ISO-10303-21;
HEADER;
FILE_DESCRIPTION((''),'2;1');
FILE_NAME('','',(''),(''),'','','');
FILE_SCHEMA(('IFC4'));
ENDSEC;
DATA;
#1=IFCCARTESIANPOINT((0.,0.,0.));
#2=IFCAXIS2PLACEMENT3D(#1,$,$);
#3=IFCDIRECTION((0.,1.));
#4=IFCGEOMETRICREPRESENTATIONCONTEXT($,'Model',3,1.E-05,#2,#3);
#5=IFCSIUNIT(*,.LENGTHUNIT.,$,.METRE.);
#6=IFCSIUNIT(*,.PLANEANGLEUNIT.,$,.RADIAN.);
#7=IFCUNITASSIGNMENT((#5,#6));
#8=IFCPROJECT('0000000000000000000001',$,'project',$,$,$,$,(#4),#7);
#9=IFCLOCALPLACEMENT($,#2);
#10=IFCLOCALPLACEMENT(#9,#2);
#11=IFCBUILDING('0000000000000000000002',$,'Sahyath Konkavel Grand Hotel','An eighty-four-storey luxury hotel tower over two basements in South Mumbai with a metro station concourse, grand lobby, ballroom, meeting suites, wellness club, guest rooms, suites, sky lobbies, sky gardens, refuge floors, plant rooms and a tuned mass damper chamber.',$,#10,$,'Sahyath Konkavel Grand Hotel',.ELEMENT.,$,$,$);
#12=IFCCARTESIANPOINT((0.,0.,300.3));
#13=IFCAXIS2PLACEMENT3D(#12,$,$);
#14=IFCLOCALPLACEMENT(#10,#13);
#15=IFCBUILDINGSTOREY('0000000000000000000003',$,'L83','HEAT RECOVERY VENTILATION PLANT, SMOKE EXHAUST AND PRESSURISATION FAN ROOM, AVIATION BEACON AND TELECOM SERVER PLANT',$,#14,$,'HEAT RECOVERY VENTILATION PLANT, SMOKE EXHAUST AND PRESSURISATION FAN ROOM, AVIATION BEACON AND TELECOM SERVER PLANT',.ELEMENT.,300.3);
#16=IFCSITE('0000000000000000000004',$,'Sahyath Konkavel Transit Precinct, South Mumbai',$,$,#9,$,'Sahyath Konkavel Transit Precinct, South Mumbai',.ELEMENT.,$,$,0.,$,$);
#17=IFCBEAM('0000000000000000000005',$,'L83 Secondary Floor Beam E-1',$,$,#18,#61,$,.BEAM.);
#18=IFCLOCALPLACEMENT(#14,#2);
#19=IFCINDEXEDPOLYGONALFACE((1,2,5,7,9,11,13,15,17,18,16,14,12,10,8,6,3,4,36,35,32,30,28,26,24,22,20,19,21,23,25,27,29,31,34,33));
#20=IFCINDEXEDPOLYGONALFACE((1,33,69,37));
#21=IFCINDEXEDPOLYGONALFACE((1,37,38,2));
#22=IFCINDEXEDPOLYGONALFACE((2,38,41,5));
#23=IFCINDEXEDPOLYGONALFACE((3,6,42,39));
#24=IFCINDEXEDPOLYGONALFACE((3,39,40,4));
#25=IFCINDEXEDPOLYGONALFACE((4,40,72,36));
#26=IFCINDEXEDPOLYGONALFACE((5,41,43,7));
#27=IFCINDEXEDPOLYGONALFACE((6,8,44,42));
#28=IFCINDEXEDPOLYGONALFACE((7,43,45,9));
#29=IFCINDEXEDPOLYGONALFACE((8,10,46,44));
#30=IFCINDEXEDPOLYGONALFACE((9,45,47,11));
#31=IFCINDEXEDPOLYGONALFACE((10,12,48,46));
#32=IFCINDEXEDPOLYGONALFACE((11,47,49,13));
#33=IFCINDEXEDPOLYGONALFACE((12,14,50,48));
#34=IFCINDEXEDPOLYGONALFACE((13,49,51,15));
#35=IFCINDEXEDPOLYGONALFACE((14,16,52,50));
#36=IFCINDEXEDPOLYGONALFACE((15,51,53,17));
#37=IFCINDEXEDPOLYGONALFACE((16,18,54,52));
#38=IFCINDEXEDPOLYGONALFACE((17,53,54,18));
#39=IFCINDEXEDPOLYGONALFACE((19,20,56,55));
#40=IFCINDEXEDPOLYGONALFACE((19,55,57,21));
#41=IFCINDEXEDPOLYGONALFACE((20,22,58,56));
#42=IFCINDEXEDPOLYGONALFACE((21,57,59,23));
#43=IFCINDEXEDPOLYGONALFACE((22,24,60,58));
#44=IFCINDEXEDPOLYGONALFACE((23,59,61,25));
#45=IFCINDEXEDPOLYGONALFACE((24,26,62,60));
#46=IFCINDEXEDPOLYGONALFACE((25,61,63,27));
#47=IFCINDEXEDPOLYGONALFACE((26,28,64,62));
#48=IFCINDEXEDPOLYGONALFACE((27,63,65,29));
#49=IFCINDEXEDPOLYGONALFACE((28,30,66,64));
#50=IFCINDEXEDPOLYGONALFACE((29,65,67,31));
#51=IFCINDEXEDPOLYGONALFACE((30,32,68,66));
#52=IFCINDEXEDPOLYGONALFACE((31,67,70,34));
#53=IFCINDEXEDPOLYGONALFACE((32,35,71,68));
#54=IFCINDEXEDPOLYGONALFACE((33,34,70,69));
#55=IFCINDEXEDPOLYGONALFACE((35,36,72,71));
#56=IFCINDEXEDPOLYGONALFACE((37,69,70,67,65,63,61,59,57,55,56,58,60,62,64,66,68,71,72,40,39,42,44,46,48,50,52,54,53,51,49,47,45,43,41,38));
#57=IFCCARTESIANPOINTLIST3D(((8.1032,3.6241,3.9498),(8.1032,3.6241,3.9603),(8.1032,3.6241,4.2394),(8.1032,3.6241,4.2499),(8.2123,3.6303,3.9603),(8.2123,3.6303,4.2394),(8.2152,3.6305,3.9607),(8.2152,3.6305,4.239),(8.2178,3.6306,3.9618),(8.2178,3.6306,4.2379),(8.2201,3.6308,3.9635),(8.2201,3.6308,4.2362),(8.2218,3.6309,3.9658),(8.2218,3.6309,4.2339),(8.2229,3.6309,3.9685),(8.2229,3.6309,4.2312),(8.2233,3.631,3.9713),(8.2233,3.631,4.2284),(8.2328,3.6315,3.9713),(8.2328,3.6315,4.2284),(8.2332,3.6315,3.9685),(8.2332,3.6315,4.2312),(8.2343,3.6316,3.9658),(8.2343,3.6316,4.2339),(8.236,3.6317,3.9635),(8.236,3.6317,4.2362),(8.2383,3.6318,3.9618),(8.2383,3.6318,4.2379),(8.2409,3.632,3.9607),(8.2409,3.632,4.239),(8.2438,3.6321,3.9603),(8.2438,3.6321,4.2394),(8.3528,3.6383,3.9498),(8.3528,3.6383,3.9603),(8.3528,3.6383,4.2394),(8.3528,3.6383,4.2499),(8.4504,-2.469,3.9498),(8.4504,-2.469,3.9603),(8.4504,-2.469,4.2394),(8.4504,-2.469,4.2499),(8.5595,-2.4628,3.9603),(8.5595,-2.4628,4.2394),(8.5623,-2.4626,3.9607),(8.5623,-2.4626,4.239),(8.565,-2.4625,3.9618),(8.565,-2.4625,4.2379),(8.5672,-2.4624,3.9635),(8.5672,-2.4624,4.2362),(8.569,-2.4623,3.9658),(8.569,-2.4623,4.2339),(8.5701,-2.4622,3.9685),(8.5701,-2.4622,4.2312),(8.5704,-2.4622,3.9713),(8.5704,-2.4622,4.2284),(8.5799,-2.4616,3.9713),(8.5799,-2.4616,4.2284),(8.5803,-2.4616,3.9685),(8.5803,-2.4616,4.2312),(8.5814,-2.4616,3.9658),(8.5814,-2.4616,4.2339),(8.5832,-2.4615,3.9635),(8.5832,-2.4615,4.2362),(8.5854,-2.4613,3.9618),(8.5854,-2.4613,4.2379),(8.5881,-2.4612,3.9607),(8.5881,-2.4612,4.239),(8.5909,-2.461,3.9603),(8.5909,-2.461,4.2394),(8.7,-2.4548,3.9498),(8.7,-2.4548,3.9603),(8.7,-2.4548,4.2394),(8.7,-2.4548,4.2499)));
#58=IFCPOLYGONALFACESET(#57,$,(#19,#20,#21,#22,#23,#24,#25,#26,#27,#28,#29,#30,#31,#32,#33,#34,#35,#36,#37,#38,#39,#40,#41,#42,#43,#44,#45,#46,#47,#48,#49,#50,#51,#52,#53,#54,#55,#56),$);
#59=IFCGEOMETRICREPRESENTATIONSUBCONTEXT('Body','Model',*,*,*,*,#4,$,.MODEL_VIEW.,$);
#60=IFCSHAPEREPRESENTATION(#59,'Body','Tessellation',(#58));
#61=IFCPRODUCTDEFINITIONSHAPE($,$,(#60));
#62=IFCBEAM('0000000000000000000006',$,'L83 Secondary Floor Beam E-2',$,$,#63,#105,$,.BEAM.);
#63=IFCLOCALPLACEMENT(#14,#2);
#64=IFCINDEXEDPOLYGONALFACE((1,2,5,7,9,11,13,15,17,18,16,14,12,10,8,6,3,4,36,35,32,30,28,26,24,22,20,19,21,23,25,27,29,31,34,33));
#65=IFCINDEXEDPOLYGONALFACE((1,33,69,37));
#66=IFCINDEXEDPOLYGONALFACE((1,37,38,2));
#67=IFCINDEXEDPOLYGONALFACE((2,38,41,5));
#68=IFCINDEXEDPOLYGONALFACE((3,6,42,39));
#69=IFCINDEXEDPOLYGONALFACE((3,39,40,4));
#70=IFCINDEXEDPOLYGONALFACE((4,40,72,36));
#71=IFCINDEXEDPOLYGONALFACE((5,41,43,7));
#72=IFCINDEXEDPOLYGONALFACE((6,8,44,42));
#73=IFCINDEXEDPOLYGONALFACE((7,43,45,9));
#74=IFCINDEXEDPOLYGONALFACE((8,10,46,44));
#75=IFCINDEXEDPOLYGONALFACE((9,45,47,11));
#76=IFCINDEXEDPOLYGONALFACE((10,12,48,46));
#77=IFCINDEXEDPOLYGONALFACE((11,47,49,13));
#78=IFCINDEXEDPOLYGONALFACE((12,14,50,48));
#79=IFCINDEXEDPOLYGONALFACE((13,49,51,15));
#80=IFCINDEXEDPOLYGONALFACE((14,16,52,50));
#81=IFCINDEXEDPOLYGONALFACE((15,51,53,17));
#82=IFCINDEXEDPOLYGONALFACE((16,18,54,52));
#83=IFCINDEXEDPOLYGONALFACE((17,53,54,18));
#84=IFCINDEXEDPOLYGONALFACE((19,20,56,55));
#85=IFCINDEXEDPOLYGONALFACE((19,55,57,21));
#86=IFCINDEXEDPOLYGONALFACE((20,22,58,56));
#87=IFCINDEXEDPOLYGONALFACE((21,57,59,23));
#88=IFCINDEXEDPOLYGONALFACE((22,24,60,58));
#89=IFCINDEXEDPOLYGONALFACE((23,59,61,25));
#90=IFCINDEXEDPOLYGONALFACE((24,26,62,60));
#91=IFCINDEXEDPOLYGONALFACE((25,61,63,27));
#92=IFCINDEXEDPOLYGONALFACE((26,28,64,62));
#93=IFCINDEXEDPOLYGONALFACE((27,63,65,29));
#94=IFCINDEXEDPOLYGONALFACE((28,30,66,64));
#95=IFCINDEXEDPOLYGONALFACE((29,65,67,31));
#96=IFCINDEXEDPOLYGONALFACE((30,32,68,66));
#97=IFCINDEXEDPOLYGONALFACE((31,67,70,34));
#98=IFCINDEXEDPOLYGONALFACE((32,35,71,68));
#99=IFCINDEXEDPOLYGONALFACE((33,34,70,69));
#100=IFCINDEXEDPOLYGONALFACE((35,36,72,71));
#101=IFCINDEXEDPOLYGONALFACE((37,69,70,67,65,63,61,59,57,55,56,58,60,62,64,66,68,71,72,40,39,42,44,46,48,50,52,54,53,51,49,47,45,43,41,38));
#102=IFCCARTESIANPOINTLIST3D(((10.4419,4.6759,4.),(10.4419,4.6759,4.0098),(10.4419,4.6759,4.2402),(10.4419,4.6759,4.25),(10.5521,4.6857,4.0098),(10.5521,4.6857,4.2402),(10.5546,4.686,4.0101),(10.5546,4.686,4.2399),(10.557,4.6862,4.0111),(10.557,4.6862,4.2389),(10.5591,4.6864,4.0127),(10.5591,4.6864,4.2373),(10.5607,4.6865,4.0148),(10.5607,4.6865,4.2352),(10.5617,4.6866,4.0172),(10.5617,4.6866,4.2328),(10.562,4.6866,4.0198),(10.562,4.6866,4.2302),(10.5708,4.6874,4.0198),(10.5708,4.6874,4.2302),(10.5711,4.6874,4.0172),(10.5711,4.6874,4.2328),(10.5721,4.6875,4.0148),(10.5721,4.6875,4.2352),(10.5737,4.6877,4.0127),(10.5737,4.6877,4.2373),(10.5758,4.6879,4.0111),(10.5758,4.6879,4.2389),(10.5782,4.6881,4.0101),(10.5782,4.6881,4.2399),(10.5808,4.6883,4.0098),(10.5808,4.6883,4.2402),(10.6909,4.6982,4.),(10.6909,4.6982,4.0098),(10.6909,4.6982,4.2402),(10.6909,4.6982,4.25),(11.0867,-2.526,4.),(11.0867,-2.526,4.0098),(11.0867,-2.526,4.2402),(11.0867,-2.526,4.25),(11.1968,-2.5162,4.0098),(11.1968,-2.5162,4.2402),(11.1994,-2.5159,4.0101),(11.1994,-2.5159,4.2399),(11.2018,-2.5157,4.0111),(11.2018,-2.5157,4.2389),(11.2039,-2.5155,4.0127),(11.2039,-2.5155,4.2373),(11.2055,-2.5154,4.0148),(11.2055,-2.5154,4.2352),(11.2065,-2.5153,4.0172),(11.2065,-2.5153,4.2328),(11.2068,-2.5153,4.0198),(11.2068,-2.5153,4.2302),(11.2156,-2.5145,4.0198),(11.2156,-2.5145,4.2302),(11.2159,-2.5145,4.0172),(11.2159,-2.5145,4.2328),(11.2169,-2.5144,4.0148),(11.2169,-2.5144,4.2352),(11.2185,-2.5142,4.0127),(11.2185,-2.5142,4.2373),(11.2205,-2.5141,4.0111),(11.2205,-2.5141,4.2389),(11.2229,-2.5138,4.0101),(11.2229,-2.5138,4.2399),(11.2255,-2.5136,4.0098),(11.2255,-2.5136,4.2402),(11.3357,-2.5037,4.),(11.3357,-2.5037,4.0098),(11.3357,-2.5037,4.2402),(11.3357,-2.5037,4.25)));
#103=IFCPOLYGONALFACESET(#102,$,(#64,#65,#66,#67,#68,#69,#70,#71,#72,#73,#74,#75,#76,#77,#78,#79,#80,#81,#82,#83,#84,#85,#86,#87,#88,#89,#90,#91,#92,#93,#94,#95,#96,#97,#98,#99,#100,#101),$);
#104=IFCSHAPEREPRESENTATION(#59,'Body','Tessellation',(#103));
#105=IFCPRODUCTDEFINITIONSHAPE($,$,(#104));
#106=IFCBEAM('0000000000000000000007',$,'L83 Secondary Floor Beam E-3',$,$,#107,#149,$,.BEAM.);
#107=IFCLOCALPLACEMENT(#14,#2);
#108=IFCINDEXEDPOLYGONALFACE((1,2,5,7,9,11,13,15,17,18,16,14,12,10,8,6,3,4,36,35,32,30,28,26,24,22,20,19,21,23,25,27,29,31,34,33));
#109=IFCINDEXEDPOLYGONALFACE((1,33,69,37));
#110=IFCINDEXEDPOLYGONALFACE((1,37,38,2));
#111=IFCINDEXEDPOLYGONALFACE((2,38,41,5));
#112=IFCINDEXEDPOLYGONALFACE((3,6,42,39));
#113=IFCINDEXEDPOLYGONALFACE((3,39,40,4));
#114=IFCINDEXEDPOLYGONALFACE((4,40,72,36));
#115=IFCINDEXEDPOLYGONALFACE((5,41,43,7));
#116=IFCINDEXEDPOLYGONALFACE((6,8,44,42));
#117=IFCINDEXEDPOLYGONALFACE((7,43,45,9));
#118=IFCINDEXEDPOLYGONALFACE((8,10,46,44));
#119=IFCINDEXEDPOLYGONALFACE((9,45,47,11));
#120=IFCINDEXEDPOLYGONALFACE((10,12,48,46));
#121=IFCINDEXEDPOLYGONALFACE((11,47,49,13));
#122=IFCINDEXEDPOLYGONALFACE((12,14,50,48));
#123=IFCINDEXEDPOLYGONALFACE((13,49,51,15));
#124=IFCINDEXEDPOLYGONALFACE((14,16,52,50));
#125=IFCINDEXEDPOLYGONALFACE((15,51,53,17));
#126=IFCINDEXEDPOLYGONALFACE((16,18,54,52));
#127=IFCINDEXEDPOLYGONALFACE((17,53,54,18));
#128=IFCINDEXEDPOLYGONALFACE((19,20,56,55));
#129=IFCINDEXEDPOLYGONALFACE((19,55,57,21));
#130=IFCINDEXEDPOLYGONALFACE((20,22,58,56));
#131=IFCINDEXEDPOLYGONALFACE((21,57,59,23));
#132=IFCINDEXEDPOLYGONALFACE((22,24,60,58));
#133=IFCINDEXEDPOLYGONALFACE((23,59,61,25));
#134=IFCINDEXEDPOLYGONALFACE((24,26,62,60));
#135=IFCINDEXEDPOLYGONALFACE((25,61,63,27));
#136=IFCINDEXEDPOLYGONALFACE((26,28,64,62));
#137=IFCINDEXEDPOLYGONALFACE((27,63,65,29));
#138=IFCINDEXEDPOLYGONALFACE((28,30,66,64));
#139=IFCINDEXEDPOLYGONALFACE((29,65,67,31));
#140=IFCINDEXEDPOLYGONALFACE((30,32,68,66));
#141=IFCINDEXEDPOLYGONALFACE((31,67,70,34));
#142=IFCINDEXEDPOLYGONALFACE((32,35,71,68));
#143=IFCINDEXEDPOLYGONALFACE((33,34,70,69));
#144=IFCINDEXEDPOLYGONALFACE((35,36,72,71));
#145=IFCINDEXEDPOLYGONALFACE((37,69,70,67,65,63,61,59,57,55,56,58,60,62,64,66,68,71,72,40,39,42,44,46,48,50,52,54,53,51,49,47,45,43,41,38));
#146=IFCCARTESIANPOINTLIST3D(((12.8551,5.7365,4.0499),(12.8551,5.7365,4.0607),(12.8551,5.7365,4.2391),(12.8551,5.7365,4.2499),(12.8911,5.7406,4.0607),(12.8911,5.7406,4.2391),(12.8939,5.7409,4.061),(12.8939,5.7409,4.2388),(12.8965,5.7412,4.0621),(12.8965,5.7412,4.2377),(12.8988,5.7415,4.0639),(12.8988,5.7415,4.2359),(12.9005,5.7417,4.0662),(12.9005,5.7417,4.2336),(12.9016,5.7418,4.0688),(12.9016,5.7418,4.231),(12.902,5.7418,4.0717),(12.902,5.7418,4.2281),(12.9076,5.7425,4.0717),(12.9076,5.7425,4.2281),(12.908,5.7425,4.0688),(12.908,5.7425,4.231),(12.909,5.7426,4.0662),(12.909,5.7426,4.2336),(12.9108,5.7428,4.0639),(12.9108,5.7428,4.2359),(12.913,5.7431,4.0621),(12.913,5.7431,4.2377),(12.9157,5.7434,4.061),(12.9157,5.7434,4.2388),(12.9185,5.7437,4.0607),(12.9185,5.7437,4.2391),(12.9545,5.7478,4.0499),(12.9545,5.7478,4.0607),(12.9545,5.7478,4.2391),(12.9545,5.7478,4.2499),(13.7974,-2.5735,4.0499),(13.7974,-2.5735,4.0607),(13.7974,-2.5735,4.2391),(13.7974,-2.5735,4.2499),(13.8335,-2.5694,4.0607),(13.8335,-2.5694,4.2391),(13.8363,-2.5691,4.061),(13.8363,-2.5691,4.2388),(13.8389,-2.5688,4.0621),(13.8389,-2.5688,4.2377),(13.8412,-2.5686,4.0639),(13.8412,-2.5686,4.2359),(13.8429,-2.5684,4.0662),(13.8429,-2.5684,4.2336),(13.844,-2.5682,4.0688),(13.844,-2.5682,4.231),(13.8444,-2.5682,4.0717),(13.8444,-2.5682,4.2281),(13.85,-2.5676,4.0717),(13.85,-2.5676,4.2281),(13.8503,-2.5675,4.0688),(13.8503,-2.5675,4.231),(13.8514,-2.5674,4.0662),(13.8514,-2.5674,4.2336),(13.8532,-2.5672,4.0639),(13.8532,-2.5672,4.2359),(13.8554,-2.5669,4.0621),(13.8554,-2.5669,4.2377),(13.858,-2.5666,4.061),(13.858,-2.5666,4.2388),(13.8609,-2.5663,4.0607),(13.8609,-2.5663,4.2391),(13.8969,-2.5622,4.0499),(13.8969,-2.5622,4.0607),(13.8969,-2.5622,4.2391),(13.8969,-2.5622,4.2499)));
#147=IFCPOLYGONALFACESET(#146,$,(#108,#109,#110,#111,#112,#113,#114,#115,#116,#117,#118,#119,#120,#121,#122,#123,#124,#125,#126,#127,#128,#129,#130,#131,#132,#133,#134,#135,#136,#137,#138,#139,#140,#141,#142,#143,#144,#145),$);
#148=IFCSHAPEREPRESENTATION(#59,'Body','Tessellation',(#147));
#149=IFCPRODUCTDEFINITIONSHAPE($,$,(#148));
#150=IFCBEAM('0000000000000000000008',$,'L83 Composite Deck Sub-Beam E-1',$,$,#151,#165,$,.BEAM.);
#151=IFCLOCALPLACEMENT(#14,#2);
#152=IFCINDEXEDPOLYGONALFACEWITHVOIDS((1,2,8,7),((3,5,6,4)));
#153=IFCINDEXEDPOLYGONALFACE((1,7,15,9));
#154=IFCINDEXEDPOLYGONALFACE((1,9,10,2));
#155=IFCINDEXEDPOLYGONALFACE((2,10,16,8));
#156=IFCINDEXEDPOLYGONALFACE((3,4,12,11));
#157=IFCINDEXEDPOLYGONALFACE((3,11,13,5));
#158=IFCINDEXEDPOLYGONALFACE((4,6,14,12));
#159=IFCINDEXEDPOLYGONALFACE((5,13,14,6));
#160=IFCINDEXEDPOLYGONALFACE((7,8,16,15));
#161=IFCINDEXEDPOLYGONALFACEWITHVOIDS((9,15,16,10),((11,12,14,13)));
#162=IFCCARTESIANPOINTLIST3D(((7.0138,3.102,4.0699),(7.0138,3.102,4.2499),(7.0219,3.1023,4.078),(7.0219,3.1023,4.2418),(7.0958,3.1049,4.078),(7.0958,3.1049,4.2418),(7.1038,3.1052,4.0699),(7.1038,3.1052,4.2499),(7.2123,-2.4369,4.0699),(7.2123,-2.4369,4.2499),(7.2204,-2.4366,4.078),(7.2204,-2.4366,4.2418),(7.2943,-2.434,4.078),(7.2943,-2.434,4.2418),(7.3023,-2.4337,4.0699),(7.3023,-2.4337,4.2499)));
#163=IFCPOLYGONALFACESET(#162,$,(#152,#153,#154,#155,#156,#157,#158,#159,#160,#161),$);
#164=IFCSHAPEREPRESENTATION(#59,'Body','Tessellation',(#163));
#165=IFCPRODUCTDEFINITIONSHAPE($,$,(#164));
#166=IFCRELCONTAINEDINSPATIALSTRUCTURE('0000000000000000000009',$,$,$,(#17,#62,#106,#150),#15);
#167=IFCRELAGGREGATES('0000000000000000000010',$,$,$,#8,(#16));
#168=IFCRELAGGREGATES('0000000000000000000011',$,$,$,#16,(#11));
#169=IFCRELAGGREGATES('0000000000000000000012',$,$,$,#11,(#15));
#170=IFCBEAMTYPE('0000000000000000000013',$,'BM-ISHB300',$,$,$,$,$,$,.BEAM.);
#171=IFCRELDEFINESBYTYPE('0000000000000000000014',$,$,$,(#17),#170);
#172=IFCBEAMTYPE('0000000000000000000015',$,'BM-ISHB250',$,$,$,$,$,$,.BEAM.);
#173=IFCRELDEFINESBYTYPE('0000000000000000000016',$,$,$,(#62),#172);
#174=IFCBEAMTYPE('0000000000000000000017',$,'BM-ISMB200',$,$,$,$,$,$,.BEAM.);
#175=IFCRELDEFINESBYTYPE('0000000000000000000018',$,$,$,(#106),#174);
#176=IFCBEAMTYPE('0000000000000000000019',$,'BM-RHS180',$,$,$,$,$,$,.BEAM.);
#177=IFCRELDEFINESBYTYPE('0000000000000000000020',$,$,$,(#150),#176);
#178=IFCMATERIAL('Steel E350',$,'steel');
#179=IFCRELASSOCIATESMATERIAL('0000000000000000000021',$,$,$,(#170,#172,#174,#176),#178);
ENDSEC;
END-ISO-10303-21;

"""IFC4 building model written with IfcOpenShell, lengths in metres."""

from ifc_helpers import new_model, si_unit, direction, frame, origin, origin_2d, place, context, subcontext, project, spatial, hollow_rectangle, i_section, extrude, source, transform, mapped, material, material_profile, profile_set, type_object, element, save


model = new_model("IFC4")

# Units and contexts
model_context = context("Model", 3, precision=1e-05, world=origin(), true_north=direction((0.0, 1.0)))
body_context = subcontext(model_context, "Body", "Model", "MODEL_VIEW")
ifc_project = project(units=[si_unit("LENGTHUNIT", "METRE"), si_unit("PLANEANGLEUNIT", "RADIAN")], contexts=[model_context])

# Site, building, storey
site_placement = place(None, origin())
site = spatial("IfcSite", under=ifc_project, at=site_placement, Name="Sahyath Konkavel Transit Precinct, South Mumbai", LongName="Sahyath Konkavel Transit Precinct, South Mumbai", CompositionType="ELEMENT", RefElevation=0.0)
building_placement = place(site_placement, origin())
building = spatial("IfcBuilding", under=site, at=building_placement, Name="Sahyath Konkavel Grand Hotel", Description="An eighty-four-storey luxury hotel tower over two basements in South Mumbai with a metro station concourse, grand lobby, ballroom, meeting suites, wellness club, guest rooms, suites, sky lobbies, sky gardens, refuge floors, plant rooms and a tuned mass damper chamber.", LongName="Sahyath Konkavel Grand Hotel", CompositionType="ELEMENT")
storey_placement = place(building_placement, frame((0.0, 0.0, 300.3)))
storey = spatial("IfcBuildingStorey", under=building, at=storey_placement, Name="L83", Description="HEAT RECOVERY VENTILATION PLANT, SMOKE EXHAUST AND PRESSURISATION FAN ROOM, AVIATION BEACON AND TELECOM SERVER PLANT", LongName="HEAT RECOVERY VENTILATION PLANT, SMOKE EXHAUST AND PRESSURISATION FAN ROOM, AVIATION BEACON AND TELECOM SERVER PLANT", CompositionType="ELEMENT", Elevation=300.3)

# Shared definitions
ifc_material_1 = material(Name="Steel E350", Category="steel")

# Beams
ifc_material_profile_1 = material_profile(ifc_material_1, i_section(OverallWidth=0.25, OverallDepth=0.3, WebThickness=0.0095, FlangeThickness=0.0105, FilletRadius=0.011, at=origin_2d()), Name="ISHB 300")
ifc_profile_set_1 = profile_set([ifc_material_profile_1], Name="Steel E350")
beam_type_1 = type_object("IfcBeamType", Name="BM-ISHB300", PredefinedType="BEAM", material=ifc_profile_set_1)
shared_shape_1 = source(origin(), body_context, "Body", "SweptSolid", [
    extrude(i_section(OverallWidth=0.25, OverallDepth=0.3, WebThickness=0.0095, FlangeThickness=0.0105, FilletRadius=0.011, at=origin_2d()), origin(), (0.0, 0.0, 1.0), 6.103),
])
beam_1_placement = place(storey_placement, frame((8.5752, -2.4619, 4.0999), z_axis=(-0.056883, 0.998381, 0.0), x_axis=(-0.998381, -0.056883, 0.0)))
element("IfcBeam", 1, at=beam_1_placement, inside=storey, type_object=beam_type_1, Name="L83 Secondary Floor Beam E-1", PredefinedType="BEAM", context=body_context, shape_type="MappedRepresentation", body=[
    mapped(shared_shape_1, transform((0.0, 0.0, 0.0), scale=1.0)),
])
ifc_material_profile_2 = material_profile(ifc_material_1, i_section(OverallWidth=0.25, OverallDepth=0.25, WebThickness=0.0088, FlangeThickness=0.0098, FilletRadius=0.01, at=origin_2d()), Name="ISHB 250")
ifc_profile_set_2 = profile_set([ifc_material_profile_2], Name="Steel E350")
beam_type_2 = type_object("IfcBeamType", Name="BM-ISHB250", PredefinedType="BEAM", material=ifc_profile_set_2)
shared_shape_2 = source(origin(), body_context, "Body", "SweptSolid", [
    extrude(i_section(OverallWidth=0.25, OverallDepth=0.25, WebThickness=0.0088, FlangeThickness=0.0098, FilletRadius=0.01, at=origin_2d()), origin(), (0.0, 0.0, 1.0), 7.2307),
])
beam_2_placement = place(storey_placement, frame((11.2112, -2.5149, 4.125), z_axis=(-0.089172, 0.996016, 0.0), x_axis=(-0.996016, -0.089172, 0.0)))
element("IfcBeam", 2, at=beam_2_placement, inside=storey, type_object=beam_type_2, Name="L83 Secondary Floor Beam E-2", PredefinedType="BEAM", context=body_context, shape_type="MappedRepresentation", body=[
    mapped(shared_shape_2, transform((0.0, 0.0, 0.0), scale=1.0)),
])
ifc_material_profile_3 = material_profile(ifc_material_1, i_section(OverallWidth=0.1001, OverallDepth=0.2, WebThickness=0.0056, FlangeThickness=0.0107, FilletRadius=0.011, at=origin_2d()), Name="ISMB 200")
ifc_profile_set_3 = profile_set([ifc_material_profile_3], Name="Steel E350")
beam_type_3 = type_object("IfcBeamType", Name="BM-ISMB200", PredefinedType="BEAM", material=ifc_profile_set_3)
shared_shape_3 = source(origin(), body_context, "Body", "SweptSolid", [
    extrude(i_section(OverallWidth=0.1001, OverallDepth=0.2, WebThickness=0.0056, FlangeThickness=0.0107, FilletRadius=0.011, at=origin_2d()), origin(), (0.0, 0.0, 1.0), 8.3633),
])
beam_3_placement = place(storey_placement, frame((13.8472, -2.5679, 4.1499), z_axis=(-0.11268, 0.993631, 0.0), x_axis=(-0.993631, -0.11268, 0.0)))
element("IfcBeam", 3, at=beam_3_placement, inside=storey, type_object=beam_type_3, Name="L83 Secondary Floor Beam E-3", PredefinedType="BEAM", context=body_context, shape_type="MappedRepresentation", body=[
    mapped(shared_shape_3, transform((0.0, 0.0, 0.0), scale=1.0)),
])
ifc_material_profile_4 = material_profile(ifc_material_1, hollow_rectangle(XDim=0.0901, YDim=0.1799, WallThickness=0.0081, at=origin_2d()), Name="RHS 180x90x8")
ifc_profile_set_4 = profile_set([ifc_material_profile_4], Name="Steel E350")
beam_type_4 = type_object("IfcBeamType", Name="BM-RHS180", PredefinedType="BEAM", material=ifc_profile_set_4)
shared_shape_4 = source(origin(), body_context, "Body", "SweptSolid", [
    extrude(hollow_rectangle(XDim=0.0901, YDim=0.1799, WallThickness=0.0081, at=origin_2d()), origin(), (0.0, 0.0, 1.0), 5.5425),
])
beam_4_placement = place(storey_placement, frame((7.2573, -2.4353, 4.1599), z_axis=(-0.035813, 0.999359, 0.0), x_axis=(-0.999359, -0.035813, 0.0)))
element("IfcBeam", 4, at=beam_4_placement, inside=storey, type_object=beam_type_4, Name="L83 Composite Deck Sub-Beam E-1", PredefinedType="BEAM", context=body_context, shape_type="MappedRepresentation", body=[
    mapped(shared_shape_4, transform((0.0, 0.0, 0.0), scale=1.0)),
])

save(model, "model.ifc")
